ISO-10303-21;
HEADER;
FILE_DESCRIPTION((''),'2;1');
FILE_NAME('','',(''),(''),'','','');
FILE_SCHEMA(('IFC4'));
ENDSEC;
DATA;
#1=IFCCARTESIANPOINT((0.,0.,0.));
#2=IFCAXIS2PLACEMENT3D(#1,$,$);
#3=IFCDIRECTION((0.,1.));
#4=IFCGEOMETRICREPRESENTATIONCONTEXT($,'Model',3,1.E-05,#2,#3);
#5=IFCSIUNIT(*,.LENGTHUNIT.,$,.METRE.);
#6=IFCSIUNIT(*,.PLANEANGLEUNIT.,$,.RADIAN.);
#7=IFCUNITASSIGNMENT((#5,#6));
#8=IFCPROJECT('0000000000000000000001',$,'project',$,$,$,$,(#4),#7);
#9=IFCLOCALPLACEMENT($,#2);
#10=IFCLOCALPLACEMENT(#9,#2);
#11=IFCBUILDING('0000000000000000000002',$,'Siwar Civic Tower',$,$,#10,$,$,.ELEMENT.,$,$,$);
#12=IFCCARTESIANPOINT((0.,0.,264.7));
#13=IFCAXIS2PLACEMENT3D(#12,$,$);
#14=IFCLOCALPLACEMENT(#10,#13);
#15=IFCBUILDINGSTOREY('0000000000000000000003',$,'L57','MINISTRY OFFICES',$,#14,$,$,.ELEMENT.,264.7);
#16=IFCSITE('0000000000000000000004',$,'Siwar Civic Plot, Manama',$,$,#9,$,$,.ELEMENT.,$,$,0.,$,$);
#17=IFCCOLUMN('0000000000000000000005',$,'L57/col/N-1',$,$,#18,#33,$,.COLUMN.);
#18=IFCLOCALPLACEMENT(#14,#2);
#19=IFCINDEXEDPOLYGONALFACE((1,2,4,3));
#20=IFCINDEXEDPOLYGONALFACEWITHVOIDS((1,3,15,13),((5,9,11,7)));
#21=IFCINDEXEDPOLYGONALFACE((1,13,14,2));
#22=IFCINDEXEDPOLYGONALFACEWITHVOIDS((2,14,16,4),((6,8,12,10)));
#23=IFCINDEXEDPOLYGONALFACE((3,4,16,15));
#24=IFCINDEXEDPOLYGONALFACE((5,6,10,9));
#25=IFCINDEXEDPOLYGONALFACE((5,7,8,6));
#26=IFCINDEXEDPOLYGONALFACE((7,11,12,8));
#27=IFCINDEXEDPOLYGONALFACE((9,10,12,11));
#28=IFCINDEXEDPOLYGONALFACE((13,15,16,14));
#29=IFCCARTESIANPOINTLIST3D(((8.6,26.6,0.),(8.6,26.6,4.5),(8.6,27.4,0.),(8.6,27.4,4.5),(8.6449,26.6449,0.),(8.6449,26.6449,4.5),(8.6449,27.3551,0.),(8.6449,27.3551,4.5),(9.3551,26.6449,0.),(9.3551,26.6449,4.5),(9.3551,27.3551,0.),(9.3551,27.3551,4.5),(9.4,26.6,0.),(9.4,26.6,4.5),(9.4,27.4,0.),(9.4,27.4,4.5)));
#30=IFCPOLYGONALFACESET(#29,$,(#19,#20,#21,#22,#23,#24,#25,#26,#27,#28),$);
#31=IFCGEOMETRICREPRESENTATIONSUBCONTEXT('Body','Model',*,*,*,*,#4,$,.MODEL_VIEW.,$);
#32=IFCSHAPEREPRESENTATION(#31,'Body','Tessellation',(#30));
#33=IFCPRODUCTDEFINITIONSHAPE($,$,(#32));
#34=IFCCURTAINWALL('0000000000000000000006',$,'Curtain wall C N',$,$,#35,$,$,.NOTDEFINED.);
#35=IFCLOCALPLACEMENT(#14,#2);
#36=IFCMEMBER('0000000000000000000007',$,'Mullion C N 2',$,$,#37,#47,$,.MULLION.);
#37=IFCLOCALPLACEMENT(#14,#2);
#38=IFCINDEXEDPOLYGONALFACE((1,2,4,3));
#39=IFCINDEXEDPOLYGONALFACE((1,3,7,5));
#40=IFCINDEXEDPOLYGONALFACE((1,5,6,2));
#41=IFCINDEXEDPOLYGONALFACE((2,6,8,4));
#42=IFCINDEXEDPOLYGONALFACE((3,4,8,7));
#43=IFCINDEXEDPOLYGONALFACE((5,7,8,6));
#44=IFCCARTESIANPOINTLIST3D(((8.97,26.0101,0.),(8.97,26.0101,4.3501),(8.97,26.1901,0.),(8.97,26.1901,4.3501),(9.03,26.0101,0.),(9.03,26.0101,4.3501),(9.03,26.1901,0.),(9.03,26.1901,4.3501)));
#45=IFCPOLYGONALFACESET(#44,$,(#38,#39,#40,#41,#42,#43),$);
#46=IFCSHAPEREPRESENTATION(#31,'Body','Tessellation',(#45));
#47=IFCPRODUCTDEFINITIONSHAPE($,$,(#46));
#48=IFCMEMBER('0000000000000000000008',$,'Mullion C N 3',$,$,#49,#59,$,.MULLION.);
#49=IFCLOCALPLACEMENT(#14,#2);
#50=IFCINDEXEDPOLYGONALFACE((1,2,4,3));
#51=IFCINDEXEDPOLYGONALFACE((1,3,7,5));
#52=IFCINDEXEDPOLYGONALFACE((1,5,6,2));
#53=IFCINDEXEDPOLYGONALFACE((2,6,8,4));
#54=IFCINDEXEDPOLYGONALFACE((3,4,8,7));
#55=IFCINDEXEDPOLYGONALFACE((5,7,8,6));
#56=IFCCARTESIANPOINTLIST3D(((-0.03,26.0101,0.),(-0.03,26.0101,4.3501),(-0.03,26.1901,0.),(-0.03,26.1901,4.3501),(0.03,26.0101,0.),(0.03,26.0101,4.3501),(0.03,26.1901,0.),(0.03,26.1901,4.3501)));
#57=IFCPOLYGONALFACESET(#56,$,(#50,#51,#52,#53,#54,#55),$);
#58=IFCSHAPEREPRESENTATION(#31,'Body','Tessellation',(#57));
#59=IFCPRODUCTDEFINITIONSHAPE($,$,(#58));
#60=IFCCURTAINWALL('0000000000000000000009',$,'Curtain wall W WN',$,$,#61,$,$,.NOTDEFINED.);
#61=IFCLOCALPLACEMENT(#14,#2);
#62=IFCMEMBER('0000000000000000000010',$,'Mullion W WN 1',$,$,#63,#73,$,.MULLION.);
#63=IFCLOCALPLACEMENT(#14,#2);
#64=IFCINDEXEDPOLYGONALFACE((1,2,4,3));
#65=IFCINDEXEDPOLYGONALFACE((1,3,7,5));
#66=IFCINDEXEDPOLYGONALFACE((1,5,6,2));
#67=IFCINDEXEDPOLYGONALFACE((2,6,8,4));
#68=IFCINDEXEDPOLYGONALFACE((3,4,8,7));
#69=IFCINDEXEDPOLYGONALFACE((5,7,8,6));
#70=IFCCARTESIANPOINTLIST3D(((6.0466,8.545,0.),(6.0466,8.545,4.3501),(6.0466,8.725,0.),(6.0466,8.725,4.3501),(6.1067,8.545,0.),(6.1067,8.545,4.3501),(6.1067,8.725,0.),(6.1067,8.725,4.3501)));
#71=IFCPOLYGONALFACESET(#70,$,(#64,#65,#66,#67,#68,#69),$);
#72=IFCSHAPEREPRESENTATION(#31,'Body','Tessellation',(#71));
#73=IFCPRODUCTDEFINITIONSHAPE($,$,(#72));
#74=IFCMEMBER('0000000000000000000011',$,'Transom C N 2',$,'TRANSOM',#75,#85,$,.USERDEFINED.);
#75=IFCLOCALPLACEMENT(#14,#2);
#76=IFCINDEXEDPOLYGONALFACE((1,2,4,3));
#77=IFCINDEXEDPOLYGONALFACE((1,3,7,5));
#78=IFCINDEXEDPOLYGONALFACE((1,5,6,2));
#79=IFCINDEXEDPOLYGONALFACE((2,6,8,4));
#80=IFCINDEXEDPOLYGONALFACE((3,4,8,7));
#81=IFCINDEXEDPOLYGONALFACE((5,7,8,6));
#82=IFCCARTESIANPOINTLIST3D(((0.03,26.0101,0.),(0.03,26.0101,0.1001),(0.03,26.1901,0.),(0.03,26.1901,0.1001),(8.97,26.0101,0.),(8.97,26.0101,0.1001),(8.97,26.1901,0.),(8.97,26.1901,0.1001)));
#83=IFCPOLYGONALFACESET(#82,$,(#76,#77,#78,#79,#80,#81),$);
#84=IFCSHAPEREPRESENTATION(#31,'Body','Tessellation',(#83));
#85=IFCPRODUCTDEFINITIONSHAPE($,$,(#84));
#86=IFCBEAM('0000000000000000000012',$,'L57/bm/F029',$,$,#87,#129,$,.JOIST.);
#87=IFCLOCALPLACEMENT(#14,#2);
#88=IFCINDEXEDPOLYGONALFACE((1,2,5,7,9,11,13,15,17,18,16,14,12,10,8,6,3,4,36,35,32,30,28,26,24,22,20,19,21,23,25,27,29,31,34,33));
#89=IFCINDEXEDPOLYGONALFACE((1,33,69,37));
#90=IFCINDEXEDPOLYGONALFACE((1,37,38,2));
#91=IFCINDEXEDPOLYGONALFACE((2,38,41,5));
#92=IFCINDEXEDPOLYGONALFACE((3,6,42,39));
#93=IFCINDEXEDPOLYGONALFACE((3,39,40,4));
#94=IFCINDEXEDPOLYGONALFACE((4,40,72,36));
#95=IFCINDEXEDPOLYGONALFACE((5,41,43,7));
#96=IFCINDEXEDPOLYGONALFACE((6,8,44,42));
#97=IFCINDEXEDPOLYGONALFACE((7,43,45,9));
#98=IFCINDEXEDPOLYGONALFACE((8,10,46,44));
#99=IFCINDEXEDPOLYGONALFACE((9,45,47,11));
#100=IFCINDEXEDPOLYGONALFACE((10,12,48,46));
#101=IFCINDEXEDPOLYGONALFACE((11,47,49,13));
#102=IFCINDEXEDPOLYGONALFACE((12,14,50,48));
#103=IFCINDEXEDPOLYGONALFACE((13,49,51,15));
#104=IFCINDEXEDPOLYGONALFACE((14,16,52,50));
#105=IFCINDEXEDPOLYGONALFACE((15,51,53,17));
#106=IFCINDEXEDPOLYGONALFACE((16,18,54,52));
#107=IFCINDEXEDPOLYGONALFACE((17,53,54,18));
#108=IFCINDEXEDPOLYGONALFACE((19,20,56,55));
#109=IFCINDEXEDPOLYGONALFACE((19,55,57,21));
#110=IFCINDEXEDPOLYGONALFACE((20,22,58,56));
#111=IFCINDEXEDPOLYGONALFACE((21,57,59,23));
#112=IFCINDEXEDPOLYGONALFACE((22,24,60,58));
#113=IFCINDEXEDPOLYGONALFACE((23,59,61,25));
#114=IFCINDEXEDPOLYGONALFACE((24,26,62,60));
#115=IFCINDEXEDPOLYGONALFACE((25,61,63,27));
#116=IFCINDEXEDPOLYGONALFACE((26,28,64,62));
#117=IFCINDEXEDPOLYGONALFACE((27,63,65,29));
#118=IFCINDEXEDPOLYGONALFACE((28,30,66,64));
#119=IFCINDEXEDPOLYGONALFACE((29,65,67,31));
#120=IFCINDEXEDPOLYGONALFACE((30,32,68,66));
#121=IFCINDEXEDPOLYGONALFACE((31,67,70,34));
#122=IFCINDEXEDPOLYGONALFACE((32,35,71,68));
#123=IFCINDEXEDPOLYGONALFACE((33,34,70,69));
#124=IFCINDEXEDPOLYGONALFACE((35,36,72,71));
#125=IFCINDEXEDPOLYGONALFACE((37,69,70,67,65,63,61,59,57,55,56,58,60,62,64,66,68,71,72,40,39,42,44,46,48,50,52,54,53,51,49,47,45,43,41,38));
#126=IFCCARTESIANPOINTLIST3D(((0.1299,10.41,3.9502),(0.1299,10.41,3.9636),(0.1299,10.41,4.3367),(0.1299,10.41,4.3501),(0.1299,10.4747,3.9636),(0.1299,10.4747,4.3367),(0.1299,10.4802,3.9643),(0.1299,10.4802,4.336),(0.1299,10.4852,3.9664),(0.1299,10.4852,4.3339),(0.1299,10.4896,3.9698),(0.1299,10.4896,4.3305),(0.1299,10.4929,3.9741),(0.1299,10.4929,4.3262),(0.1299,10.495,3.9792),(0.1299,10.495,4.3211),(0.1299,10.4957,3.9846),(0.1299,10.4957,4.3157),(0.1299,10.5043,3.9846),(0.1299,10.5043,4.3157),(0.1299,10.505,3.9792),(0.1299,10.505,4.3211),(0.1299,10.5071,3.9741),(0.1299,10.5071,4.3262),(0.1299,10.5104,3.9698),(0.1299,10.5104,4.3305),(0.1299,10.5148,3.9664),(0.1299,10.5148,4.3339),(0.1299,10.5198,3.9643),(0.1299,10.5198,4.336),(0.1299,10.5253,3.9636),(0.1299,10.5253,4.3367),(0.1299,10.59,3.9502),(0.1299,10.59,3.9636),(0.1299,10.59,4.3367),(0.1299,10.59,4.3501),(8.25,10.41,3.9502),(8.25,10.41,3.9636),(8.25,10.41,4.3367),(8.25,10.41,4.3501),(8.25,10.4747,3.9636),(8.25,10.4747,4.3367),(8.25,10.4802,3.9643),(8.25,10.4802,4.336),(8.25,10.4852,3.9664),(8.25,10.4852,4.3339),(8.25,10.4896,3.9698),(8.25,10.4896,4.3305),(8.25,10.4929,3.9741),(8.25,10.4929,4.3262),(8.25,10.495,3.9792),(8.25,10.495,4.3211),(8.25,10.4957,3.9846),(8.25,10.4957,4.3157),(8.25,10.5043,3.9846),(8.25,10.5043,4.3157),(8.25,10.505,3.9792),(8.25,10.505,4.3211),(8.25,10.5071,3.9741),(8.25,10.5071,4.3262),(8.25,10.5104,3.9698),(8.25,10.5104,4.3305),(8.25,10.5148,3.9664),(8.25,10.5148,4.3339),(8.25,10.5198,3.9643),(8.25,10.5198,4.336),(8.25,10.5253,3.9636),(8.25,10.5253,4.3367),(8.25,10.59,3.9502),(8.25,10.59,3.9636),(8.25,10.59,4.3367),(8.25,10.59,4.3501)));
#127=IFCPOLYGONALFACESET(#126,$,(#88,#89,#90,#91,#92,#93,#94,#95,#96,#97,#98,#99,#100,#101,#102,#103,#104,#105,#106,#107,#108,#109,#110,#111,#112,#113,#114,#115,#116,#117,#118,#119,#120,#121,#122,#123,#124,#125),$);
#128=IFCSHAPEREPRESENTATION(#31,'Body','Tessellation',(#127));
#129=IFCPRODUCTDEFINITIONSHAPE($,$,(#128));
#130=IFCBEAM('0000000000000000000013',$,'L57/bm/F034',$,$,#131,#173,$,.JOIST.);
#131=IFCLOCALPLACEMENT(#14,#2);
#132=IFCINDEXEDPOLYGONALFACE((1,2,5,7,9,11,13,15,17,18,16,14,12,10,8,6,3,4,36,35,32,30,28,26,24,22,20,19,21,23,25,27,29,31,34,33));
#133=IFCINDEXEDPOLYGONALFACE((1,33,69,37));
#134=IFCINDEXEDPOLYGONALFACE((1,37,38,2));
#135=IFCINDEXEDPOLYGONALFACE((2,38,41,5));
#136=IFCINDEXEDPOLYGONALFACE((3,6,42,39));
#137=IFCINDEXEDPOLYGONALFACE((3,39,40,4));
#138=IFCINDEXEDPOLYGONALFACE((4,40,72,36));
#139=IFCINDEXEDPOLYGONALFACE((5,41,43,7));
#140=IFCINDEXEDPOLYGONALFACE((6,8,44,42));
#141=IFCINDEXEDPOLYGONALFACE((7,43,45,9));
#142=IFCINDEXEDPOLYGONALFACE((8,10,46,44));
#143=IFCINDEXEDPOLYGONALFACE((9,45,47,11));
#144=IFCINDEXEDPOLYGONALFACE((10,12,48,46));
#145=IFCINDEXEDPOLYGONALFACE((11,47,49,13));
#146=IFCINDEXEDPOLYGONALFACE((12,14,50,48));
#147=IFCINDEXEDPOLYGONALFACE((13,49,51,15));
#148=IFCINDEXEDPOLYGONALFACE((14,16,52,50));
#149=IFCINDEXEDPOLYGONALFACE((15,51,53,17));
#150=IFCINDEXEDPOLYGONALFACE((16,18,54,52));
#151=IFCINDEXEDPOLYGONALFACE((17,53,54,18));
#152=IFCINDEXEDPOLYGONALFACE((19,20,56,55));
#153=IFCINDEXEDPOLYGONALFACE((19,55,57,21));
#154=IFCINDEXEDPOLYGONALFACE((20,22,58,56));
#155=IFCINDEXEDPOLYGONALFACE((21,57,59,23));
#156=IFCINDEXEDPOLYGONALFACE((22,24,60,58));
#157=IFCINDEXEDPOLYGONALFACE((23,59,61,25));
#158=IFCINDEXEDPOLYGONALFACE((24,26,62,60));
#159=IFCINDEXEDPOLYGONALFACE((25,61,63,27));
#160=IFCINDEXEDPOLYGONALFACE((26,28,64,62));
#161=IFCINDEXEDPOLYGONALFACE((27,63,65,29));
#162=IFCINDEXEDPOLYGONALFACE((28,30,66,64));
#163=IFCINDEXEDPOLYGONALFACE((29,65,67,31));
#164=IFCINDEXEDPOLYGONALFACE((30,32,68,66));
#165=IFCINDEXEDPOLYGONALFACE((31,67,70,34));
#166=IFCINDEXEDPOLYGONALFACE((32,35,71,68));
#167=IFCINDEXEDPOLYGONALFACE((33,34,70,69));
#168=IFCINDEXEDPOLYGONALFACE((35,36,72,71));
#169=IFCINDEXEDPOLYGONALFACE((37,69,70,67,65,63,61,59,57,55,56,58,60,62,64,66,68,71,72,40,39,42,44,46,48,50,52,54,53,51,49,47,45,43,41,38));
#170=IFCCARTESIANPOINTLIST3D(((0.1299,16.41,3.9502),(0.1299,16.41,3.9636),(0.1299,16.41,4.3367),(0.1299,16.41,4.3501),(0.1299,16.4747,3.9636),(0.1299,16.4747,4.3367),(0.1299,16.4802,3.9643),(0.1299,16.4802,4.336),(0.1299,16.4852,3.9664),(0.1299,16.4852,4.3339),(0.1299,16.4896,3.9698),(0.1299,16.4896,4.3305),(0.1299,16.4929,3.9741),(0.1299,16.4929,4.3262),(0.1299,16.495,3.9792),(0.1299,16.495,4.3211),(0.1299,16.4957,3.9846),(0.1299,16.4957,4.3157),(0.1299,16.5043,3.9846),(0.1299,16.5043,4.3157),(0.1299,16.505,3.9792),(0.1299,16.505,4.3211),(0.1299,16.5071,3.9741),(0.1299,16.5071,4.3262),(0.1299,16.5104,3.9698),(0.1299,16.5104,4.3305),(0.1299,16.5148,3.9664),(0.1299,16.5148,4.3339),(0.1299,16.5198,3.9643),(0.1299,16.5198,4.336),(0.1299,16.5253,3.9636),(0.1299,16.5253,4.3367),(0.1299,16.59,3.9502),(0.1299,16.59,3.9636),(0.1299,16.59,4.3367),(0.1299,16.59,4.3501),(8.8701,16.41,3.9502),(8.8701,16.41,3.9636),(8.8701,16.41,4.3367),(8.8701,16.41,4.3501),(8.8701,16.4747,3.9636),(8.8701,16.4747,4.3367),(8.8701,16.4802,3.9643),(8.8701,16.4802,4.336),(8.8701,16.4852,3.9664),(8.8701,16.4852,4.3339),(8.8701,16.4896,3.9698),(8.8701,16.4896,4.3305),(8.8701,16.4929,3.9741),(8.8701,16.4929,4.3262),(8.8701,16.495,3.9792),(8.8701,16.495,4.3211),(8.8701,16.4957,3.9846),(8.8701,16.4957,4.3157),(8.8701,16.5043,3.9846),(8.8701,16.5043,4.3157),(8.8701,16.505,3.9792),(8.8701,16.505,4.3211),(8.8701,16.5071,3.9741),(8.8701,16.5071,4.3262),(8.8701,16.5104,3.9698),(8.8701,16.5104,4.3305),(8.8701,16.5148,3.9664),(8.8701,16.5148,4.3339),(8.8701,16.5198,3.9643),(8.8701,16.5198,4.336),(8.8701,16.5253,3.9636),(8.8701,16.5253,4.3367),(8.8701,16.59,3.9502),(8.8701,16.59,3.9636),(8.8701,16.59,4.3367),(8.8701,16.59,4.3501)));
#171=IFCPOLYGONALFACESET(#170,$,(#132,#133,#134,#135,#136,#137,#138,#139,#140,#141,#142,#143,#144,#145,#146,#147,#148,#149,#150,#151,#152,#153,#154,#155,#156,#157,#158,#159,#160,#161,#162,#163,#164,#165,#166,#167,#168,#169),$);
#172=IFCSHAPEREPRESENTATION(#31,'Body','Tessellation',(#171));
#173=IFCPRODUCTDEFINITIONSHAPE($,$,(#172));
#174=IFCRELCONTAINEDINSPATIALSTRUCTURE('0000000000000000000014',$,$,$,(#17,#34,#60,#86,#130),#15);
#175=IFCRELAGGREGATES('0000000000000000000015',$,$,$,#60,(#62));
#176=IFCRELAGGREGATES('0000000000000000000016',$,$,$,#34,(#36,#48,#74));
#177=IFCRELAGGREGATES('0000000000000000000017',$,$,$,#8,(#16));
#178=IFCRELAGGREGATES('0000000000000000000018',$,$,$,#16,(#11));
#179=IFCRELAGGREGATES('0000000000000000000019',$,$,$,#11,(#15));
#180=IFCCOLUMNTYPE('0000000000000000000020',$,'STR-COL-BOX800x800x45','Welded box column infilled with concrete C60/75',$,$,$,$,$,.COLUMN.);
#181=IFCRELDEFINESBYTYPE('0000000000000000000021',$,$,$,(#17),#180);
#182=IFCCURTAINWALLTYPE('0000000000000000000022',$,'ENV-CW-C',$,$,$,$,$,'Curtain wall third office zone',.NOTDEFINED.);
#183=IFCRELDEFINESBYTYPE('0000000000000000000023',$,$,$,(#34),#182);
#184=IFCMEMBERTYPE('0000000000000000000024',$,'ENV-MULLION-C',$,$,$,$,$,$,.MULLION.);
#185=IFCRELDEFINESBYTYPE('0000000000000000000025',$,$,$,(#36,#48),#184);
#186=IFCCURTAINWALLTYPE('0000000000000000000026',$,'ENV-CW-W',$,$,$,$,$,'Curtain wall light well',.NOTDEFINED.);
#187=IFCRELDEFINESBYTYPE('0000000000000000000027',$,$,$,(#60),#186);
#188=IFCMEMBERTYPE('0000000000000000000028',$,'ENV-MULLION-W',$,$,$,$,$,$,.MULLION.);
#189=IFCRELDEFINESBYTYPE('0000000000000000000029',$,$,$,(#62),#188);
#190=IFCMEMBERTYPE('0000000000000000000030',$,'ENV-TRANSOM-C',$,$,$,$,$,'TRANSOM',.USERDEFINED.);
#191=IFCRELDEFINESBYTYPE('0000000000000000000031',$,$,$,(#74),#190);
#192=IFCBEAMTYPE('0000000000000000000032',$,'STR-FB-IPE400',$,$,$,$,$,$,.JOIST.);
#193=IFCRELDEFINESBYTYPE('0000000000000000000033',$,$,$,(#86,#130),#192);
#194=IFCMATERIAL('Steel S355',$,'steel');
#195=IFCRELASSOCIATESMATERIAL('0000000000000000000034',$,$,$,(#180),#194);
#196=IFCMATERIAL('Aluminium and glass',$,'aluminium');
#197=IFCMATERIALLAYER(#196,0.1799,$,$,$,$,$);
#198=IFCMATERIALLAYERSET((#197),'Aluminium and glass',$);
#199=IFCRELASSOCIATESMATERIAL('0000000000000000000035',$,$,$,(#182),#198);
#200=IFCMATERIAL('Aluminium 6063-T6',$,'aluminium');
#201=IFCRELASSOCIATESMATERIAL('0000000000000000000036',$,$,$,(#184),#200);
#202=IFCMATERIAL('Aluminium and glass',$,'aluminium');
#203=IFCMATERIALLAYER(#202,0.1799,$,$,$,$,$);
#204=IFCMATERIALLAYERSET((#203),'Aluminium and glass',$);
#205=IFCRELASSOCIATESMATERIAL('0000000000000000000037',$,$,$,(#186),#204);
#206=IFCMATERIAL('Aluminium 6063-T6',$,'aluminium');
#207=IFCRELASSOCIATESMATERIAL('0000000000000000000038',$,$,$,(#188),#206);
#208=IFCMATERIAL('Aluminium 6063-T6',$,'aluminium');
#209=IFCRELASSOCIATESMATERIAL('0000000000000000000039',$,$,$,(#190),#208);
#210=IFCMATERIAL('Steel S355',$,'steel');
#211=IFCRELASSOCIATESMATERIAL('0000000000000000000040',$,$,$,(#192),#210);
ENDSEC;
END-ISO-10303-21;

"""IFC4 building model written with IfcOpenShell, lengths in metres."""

from ifc_helpers import new_model, si_unit, direction, frame, origin, origin_2d, place, context, subcontext, project, spatial, rectangle, hollow_rectangle, i_section, extrude, material, layer, layer_set, material_profile, profile_set, type_object, element, aggregate, save


model = new_model("IFC4")

# Units and contexts
model_context = context("Model", 3, precision=1e-05, world=origin(), true_north=direction((0.0, 1.0)))
body_context = subcontext(model_context, "Body", "Model", "MODEL_VIEW")
ifc_project = project(units=[si_unit("LENGTHUNIT", "METRE"), si_unit("PLANEANGLEUNIT", "RADIAN")], contexts=[model_context])

# Site, building, storey
site_placement = place(None, origin())
site = spatial("IfcSite", under=ifc_project, at=site_placement, Name="Siwar Civic Plot, Manama", CompositionType="ELEMENT", RefElevation=0.0)
building_placement = place(site_placement, origin())
building = spatial("IfcBuilding", under=site, at=building_placement, Name="Siwar Civic Tower", CompositionType="ELEMENT")
storey_placement = place(building_placement, frame((0.0, 0.0, 264.7)))
storey = spatial("IfcBuildingStorey", under=building, at=storey_placement, Name="L57", Description="MINISTRY OFFICES", CompositionType="ELEMENT", Elevation=264.7)

# Column
ifc_material_1 = material(Name="Steel S355", Category="steel")
ifc_material_profile_1 = material_profile(ifc_material_1, hollow_rectangle(XDim=0.8, YDim=0.8, WallThickness=0.0449, at=origin_2d()), Name="BOX800x800x45")
ifc_profile_set_1 = profile_set([ifc_material_profile_1], Name="Steel S355")
column_type = type_object("IfcColumnType", Name="STR-COL-BOX800x800x45", Description="Welded box column infilled with concrete C60/75", PredefinedType="COLUMN", material=ifc_profile_set_1)
column_placement = place(storey_placement, frame((9.0, 27.0, 0.0), z_axis=(0.0, 0.0, 1.0), x_axis=(1.0, 0.0, 0.0)))
element("IfcColumn", 1, at=column_placement, inside=storey, type_object=column_type, Name="L57/col/N-1", PredefinedType="COLUMN", context=body_context, shape_type="SweptSolid", body=[
    extrude(hollow_rectangle(XDim=0.8, YDim=0.8, WallThickness=0.0449, at=origin_2d()), origin(), (0.0, 0.0, 1.0), 4.5),
])

# Curtain wall, members
ifc_material_2 = material(Name="Aluminium and glass", Category="aluminium")
ifc_layer_1 = layer(ifc_material_2, 0.1799)
ifc_layer_set_1 = layer_set([ifc_layer_1], Name="Aluminium and glass")
curtain_wall_type_1 = type_object("IfcCurtainWallType", Name="ENV-CW-C", ElementType="Curtain wall third office zone", PredefinedType="NOTDEFINED", material=ifc_layer_set_1)
curtain_wall_1_placement = place(storey_placement, origin())
curtain_wall_1 = element("IfcCurtainWall", 2, at=curtain_wall_1_placement, inside=storey, type_object=curtain_wall_type_1, Name="Curtain wall C N", PredefinedType="NOTDEFINED")
ifc_material_3 = material(Name="Aluminium 6063-T6", Category="aluminium")
ifc_material_profile_2 = material_profile(ifc_material_3, rectangle(XDim=0.1799, YDim=0.0601, at=origin_2d()), Name="AL 180x60")
ifc_profile_set_2 = profile_set([ifc_material_profile_2], Name="Aluminium 6063-T6")
member_type_1 = type_object("IfcMemberType", Name="ENV-MULLION-C", PredefinedType="MULLION", material=ifc_profile_set_2)
member_1_placement = place(storey_placement, frame((9.0, 26.1001, 0.0), z_axis=(0.0, 0.0, 1.0), x_axis=(0.0, -1.0, 0.0)))
member_1 = element("IfcMember", 3, at=member_1_placement, type_object=member_type_1, Name="Mullion C N 2", PredefinedType="MULLION", context=body_context, shape_type="SweptSolid", body=[
    extrude(rectangle(XDim=0.1799, YDim=0.0601, at=origin_2d()), origin(), (0.0, 0.0, 1.0), 4.3501),
])
member_2_placement = place(storey_placement, frame((0.0, 26.1001, 0.0), z_axis=(0.0, 0.0, 1.0), x_axis=(0.0, -1.0, 0.0)))
member_2 = element("IfcMember", 4, at=member_2_placement, type_object=member_type_1, Name="Mullion C N 3", PredefinedType="MULLION", context=body_context, shape_type="SweptSolid", body=[
    extrude(rectangle(XDim=0.1799, YDim=0.0601, at=origin_2d()), origin(), (0.0, 0.0, 1.0), 4.3501),
])

# Curtain wall, member
ifc_material_4 = material(Name="Aluminium and glass", Category="aluminium")
ifc_layer_2 = layer(ifc_material_4, 0.1799)
ifc_layer_set_2 = layer_set([ifc_layer_2], Name="Aluminium and glass")
curtain_wall_type_2 = type_object("IfcCurtainWallType", Name="ENV-CW-W", ElementType="Curtain wall light well", PredefinedType="NOTDEFINED", material=ifc_layer_set_2)
curtain_wall_2_placement = place(storey_placement, origin())
curtain_wall_2 = element("IfcCurtainWall", 5, at=curtain_wall_2_placement, inside=storey, type_object=curtain_wall_type_2, Name="Curtain wall W WN", PredefinedType="NOTDEFINED")
ifc_material_5 = material(Name="Aluminium 6063-T6", Category="aluminium")
ifc_material_profile_3 = material_profile(ifc_material_5, rectangle(XDim=0.1799, YDim=0.0601, at=origin_2d()), Name="AL 180x60")
ifc_profile_set_3 = profile_set([ifc_material_profile_3], Name="Aluminium 6063-T6")
member_type_2 = type_object("IfcMemberType", Name="ENV-MULLION-W", PredefinedType="MULLION", material=ifc_profile_set_3)
member_3_placement = place(storey_placement, frame((6.0767, 8.635, 0.0), z_axis=(0.0, 0.0, 1.0), x_axis=(0.0, -1.0, 0.0)))
member_3 = element("IfcMember", 6, at=member_3_placement, type_object=member_type_2, Name="Mullion W WN 1", PredefinedType="MULLION", context=body_context, shape_type="SweptSolid", body=[
    extrude(rectangle(XDim=0.1799, YDim=0.0601, at=origin_2d()), origin(), (0.0, 0.0, 1.0), 4.3501),
])
aggregate(curtain_wall_2, [member_3])

# Member
ifc_material_6 = material(Name="Aluminium 6063-T6", Category="aluminium")
ifc_material_profile_4 = material_profile(ifc_material_6, rectangle(XDim=0.1799, YDim=0.1001, at=origin_2d()), Name="AL 180x100")
ifc_profile_set_4 = profile_set([ifc_material_profile_4], Name="Aluminium 6063-T6")
member_type_3 = type_object("IfcMemberType", Name="ENV-TRANSOM-C", ElementType="TRANSOM", PredefinedType="USERDEFINED", material=ifc_profile_set_4)
member_4_placement = place(storey_placement, frame((8.97, 26.1001, 0.05), z_axis=(-1.0, 0.0, 0.0), x_axis=(0.0, -1.0, 0.0)))
member_4 = element("IfcMember", 7, at=member_4_placement, type_object=member_type_3, Name="Transom C N 2", ObjectType="TRANSOM", PredefinedType="USERDEFINED", context=body_context, shape_type="SweptSolid", body=[
    extrude(rectangle(XDim=0.1799, YDim=0.1001, at=origin_2d()), origin(), (0.0, 0.0, 1.0), 8.9399),
])

# Beams
ifc_material_7 = material(Name="Steel S355", Category="steel")
ifc_material_profile_5 = material_profile(ifc_material_7, i_section(OverallWidth=0.1799, OverallDepth=0.3999, WebThickness=0.0085, FlangeThickness=0.0134, FilletRadius=0.021, at=origin_2d()), Name="IPE400")
ifc_profile_set_5 = profile_set([ifc_material_profile_5], Name="Steel S355")
beam_type_1 = type_object("IfcBeamType", Name="STR-FB-IPE400", PredefinedType="JOIST", material=ifc_profile_set_5)
beam_1_placement = place(storey_placement, frame((0.1299, 10.5, 4.1501), z_axis=(1.0, 0.0, 0.0), x_axis=(0.0, 1.0, 0.0)))
element("IfcBeam", 8, at=beam_1_placement, inside=storey, type_object=beam_type_1, Name="L57/bm/F029", PredefinedType="JOIST", context=body_context, shape_type="SweptSolid", body=[
    extrude(i_section(OverallWidth=0.1799, OverallDepth=0.3999, WebThickness=0.0085, FlangeThickness=0.0134, FilletRadius=0.021, at=origin_2d()), origin(), (0.0, 0.0, 1.0), 8.1201),
])
for number, where, z_axis, x_axis, name in (
    (9, (0.1299, 16.5, 4.1501), (1.0, 0.0, 0.0), (0.0, 1.0, 0.0), "L57/bm/F034"),
):
    element("IfcBeam", number, at=place(storey_placement, frame(where, z_axis=z_axis, x_axis=x_axis)), inside=storey, type_object=beam_type_1, Name=name, PredefinedType="JOIST", context=body_context, shape_type="SweptSolid", body=[
        extrude(i_section(OverallWidth=0.1799, OverallDepth=0.3999, WebThickness=0.0085, FlangeThickness=0.0134, FilletRadius=0.021, at=origin_2d()), origin(), (0.0, 0.0, 1.0), 8.7402),
    ])

aggregate(curtain_wall_1, [member_1, member_2, member_4])

save(model, "model.ifc")
